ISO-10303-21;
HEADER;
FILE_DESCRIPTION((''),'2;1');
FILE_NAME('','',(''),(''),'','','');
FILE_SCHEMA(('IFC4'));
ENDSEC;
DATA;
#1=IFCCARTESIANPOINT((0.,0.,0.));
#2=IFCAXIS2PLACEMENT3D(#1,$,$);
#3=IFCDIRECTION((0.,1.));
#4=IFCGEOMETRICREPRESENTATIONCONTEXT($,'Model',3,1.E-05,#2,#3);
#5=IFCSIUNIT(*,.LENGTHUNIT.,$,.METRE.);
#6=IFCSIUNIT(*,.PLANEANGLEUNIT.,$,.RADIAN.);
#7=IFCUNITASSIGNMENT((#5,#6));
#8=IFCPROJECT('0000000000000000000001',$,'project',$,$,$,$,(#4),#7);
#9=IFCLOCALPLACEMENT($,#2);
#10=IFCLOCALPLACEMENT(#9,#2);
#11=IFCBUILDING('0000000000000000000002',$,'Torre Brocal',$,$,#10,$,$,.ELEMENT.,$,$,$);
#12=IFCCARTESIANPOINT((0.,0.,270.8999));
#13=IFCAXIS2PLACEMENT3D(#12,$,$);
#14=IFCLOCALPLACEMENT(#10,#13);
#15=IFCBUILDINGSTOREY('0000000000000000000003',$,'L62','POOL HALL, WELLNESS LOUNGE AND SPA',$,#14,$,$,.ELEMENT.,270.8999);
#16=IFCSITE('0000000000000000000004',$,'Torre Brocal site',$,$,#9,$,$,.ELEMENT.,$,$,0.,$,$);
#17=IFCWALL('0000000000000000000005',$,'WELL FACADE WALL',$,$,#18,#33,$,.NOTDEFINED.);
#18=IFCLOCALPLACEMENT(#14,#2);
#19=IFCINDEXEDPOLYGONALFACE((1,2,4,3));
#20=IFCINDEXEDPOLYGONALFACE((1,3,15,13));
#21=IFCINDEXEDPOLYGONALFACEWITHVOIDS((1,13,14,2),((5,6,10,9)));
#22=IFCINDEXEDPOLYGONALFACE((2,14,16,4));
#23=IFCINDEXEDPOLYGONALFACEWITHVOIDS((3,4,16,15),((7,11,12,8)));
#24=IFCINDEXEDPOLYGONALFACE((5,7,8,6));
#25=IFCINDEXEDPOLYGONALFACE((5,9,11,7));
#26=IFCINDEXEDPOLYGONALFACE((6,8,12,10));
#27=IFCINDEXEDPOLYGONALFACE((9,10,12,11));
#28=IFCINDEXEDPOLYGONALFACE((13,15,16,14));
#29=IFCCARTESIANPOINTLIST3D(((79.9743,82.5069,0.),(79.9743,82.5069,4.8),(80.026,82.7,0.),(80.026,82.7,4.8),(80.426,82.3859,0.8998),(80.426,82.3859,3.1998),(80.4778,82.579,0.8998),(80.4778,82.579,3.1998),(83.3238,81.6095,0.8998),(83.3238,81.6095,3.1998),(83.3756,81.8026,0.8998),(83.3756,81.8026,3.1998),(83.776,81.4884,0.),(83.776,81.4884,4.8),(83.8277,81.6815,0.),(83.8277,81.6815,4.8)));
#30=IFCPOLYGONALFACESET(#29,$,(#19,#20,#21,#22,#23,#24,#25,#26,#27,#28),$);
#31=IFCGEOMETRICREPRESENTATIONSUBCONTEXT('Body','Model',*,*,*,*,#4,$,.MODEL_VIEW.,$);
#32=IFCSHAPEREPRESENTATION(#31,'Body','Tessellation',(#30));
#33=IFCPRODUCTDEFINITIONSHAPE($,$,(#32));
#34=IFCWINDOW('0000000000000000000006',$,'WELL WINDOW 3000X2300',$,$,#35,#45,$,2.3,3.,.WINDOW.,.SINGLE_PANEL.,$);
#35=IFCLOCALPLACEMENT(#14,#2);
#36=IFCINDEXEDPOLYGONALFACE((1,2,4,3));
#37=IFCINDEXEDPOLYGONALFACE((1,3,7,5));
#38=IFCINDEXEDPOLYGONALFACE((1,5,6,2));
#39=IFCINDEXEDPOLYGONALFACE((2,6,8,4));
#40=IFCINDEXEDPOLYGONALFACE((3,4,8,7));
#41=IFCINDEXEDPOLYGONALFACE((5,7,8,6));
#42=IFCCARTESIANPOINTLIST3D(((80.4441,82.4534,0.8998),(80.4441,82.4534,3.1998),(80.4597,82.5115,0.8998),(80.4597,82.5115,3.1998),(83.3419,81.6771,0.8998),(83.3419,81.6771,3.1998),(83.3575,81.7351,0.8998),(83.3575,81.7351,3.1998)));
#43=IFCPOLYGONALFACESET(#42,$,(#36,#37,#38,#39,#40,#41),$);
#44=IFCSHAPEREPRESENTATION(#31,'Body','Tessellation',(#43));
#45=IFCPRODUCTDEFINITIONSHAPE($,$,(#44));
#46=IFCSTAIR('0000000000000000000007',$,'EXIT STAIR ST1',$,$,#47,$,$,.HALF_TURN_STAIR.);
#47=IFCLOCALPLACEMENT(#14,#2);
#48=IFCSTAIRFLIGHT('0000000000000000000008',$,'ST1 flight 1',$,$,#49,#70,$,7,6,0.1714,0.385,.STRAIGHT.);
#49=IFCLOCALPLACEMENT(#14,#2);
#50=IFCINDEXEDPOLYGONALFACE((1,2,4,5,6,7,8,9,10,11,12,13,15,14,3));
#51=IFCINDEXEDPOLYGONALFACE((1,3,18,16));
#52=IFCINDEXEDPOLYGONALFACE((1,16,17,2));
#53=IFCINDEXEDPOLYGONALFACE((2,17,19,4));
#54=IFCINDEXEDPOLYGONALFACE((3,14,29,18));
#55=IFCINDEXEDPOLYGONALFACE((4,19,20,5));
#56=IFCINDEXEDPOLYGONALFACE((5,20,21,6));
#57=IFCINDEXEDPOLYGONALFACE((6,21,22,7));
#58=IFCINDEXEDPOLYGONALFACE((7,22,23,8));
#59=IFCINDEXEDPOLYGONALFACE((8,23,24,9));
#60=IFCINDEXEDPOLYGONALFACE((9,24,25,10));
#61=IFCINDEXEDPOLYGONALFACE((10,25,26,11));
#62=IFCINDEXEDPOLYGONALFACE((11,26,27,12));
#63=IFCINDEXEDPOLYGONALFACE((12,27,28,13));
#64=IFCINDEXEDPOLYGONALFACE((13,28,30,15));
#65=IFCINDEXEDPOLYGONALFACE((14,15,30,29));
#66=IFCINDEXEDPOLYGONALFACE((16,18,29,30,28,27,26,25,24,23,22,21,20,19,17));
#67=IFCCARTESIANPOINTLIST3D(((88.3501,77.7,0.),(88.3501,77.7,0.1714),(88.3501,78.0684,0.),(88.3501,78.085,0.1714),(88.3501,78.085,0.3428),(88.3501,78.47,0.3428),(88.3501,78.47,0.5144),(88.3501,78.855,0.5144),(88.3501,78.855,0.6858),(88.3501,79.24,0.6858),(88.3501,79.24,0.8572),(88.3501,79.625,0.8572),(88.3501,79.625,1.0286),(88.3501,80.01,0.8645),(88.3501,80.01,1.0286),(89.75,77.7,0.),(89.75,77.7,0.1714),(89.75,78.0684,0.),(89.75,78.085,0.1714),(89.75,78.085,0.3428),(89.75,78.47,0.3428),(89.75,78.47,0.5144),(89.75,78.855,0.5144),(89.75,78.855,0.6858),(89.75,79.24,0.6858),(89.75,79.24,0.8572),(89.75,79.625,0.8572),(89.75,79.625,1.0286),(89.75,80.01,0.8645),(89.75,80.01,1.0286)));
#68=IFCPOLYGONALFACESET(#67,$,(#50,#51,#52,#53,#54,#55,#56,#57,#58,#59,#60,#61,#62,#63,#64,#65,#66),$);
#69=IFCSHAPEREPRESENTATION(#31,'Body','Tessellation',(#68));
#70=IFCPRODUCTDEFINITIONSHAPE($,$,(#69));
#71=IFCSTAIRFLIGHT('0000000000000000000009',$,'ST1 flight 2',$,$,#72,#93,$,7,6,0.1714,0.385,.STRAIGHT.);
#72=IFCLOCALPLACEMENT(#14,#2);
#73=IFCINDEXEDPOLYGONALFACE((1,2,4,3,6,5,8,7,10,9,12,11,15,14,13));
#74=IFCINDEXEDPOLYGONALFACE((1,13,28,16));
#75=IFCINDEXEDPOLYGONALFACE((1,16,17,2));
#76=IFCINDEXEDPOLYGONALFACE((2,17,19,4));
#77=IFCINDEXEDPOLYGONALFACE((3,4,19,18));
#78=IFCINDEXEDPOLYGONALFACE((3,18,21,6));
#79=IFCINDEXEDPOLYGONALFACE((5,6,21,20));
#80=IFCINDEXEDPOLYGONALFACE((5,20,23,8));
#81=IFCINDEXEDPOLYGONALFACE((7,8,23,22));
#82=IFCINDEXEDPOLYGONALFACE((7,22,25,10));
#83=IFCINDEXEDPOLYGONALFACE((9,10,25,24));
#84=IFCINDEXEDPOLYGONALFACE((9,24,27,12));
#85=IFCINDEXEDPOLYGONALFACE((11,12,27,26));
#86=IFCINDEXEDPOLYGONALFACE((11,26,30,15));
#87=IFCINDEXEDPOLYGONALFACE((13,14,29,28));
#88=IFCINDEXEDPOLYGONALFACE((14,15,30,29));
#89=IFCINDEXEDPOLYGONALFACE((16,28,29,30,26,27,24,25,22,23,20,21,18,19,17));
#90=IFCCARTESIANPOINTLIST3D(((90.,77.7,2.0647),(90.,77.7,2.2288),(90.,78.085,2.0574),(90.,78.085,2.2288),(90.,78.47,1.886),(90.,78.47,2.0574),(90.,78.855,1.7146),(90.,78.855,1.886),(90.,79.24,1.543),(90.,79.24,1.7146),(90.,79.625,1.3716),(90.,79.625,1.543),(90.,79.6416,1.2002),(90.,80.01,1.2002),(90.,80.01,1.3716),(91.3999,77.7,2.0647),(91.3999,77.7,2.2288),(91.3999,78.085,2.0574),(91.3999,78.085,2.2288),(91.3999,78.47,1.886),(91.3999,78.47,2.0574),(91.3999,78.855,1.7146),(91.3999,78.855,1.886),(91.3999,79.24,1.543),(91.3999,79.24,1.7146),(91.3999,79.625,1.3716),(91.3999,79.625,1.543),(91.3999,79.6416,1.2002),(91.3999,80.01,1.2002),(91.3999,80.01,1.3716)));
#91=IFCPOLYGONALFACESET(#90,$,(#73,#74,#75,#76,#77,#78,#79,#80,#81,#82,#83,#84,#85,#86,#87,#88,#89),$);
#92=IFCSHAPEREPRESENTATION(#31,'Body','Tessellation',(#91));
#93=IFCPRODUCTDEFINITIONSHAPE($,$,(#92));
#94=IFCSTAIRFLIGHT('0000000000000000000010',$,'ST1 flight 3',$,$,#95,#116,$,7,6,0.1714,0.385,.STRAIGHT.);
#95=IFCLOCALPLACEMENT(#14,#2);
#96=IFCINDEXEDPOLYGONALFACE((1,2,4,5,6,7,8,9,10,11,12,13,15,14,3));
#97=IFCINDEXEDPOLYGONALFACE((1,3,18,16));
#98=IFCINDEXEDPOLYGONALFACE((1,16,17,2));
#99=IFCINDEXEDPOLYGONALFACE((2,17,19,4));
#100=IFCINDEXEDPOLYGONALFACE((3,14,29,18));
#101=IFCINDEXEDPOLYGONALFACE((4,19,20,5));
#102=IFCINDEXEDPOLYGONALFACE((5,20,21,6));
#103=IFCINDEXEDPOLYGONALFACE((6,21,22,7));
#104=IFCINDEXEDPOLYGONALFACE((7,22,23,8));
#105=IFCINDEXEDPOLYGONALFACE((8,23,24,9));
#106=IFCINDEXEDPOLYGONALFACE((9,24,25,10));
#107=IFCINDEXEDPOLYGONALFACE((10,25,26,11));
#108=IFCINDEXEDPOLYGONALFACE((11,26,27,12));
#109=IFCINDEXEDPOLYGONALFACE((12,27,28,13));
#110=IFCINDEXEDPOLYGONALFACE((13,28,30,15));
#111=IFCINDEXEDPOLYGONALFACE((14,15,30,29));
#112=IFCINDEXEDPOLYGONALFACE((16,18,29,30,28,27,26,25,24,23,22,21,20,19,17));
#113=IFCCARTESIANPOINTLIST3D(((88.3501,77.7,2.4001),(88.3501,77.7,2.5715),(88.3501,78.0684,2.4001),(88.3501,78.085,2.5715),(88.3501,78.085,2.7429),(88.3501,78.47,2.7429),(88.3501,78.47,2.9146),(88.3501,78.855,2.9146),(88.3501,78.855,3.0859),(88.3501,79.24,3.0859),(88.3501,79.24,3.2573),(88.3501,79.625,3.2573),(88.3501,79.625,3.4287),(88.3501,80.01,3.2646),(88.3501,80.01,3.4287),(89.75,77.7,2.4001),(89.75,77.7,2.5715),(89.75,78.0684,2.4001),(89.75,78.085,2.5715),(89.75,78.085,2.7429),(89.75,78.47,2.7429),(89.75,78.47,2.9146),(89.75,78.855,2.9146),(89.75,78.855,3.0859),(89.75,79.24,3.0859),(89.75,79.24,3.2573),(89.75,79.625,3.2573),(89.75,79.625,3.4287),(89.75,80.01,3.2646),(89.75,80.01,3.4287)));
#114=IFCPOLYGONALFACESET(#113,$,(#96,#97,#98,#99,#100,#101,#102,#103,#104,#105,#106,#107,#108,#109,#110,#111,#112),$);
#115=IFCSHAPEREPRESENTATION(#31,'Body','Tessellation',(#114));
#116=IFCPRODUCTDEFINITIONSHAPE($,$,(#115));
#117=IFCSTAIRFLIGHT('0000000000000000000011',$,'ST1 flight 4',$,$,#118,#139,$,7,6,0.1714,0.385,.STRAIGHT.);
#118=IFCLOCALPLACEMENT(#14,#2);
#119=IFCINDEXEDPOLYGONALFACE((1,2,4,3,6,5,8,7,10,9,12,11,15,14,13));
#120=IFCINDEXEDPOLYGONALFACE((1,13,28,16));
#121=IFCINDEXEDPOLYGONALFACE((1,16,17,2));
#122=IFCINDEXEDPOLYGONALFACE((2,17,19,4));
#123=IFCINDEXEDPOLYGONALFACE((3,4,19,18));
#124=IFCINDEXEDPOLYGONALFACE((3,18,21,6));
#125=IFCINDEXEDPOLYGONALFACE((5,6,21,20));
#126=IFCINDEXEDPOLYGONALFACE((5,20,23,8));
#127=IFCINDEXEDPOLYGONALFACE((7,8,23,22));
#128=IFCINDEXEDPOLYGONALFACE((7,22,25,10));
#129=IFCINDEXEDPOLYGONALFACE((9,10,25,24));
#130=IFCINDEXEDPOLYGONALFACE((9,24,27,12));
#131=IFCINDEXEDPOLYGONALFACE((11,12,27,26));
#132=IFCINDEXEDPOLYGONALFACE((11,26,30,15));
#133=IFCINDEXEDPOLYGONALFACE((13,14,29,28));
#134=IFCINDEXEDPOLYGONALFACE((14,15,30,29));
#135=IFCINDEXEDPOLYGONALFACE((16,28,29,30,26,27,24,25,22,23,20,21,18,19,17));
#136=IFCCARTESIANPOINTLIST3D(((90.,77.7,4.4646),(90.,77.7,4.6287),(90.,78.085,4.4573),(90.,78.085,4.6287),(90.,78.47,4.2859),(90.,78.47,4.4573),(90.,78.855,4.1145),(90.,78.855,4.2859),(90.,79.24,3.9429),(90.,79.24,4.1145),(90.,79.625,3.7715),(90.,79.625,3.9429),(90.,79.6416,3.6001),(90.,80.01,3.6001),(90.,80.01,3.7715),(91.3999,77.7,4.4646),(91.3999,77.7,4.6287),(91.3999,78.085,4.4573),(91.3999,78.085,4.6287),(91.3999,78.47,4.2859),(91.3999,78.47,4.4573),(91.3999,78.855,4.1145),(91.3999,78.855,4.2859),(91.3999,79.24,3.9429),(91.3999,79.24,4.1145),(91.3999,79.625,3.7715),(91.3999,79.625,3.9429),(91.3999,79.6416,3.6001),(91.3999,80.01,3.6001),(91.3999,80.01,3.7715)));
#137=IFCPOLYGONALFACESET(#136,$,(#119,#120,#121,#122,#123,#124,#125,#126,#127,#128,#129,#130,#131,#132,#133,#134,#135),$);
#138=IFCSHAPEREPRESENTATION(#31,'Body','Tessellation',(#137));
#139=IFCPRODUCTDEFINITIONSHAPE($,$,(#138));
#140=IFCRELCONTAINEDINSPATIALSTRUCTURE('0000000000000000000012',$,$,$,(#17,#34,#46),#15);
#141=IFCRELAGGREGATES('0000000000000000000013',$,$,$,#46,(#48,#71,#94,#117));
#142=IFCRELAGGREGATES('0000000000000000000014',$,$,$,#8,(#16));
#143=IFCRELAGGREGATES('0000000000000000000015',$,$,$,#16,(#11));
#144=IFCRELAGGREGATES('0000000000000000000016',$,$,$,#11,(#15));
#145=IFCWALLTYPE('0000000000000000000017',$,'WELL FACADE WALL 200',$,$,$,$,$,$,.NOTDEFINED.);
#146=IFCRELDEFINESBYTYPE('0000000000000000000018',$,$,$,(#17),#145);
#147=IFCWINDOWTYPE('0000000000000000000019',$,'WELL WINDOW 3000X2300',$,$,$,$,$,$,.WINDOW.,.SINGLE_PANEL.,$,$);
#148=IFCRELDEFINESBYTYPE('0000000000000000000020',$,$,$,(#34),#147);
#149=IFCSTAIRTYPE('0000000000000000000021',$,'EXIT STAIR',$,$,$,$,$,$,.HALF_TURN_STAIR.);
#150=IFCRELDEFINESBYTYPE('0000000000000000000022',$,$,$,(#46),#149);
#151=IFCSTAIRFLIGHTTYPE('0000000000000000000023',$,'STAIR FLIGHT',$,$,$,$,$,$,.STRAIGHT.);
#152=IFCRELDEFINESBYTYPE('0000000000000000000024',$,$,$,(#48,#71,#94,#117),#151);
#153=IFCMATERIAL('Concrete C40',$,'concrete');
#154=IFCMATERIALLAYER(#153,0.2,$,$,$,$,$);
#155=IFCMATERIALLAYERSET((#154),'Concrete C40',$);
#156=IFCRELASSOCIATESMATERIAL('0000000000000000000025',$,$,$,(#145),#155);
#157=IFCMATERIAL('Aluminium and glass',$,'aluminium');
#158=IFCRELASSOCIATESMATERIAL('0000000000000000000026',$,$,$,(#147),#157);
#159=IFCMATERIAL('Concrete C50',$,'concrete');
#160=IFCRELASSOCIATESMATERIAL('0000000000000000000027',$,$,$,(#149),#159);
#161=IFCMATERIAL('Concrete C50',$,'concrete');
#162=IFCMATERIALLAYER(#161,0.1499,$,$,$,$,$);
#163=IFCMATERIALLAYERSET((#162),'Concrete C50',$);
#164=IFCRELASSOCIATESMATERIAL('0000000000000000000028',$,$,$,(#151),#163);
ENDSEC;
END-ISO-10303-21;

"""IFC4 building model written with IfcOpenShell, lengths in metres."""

from ifc_helpers import new_model, si_unit, direction, frame, frame_2d, origin, place, context, subcontext, project, spatial, polyline, rectangle, outline, extrude, material, layer, layer_set, type_object, element, fill, aggregate, save


model = new_model("IFC4")

# Units and contexts
model_context = context("Model", 3, precision=1e-05, world=origin(), true_north=direction((0.0, 1.0)))
body_context = subcontext(model_context, "Body", "Model", "MODEL_VIEW")
ifc_project = project(units=[si_unit("LENGTHUNIT", "METRE"), si_unit("PLANEANGLEUNIT", "RADIAN")], contexts=[model_context])

# Site, building, storey
site_placement = place(None, origin())
site = spatial("IfcSite", under=ifc_project, at=site_placement, Name="Torre Brocal site", CompositionType="ELEMENT", RefElevation=0.0)
building_placement = place(site_placement, origin())
building = spatial("IfcBuilding", under=site, at=building_placement, Name="Torre Brocal", CompositionType="ELEMENT")
storey_placement = place(building_placement, frame((0.0, 0.0, 270.8999)))
storey = spatial("IfcBuildingStorey", under=building, at=storey_placement, Name="L62", Description="POOL HALL, WELLNESS LOUNGE AND SPA", CompositionType="ELEMENT", Elevation=270.8999)

# Wall, opening, window
ifc_material_1 = material(Name="Concrete C40", Category="concrete")
ifc_layer_1 = layer(ifc_material_1, 0.2)
ifc_layer_set_1 = layer_set([ifc_layer_1], Name="Concrete C40")
wall_type_1 = type_object("IfcWallType", Name="WELL FACADE WALL 200", PredefinedType="NOTDEFINED", material=ifc_layer_set_1)
ifc_material_2 = material(Name="Aluminium and glass", Category="aluminium")
window_type = type_object("IfcWindowType", Name="WELL WINDOW 3000X2300", PartitioningType="SINGLE_PANEL", PredefinedType="WINDOW", material=ifc_material_2)
wall_1_placement = place(storey_placement, frame((83.8018, 81.585, 0.0), z_axis=(0.0, 0.0, 1.0), x_axis=(-0.965934, 0.25879, 0.0)))
wall_1 = element("IfcWall", 1, at=wall_1_placement, inside=storey, type_object=wall_type_1, Name="WELL FACADE WALL", PredefinedType="NOTDEFINED", context=body_context, shape_type="SweptSolid", body=[
    extrude(rectangle(XDim=3.9358, YDim=0.2, at=frame_2d((1.9678, 0.0))), origin(), (0.0, 0.0, 1.0), 4.8),
])
opening_1_placement = place(wall_1_placement, frame((0.468, 0.0, 0.8999)))
opening_1 = element("IfcOpeningElement", 2, at=opening_1_placement, cuts=wall_1, PredefinedType="OPENING", context=body_context, shape_type="SweptSolid", body=[
    extrude(rectangle(XDim=3.0, YDim=2.3, at=frame_2d((1.5, 1.1499))), frame((0.0, 0.1099, 0.0), z_axis=(0.0, -1.0, 0.0), x_axis=(1.0, 0.0, 0.0)), (0.0, 0.0, 1.0), 0.22),
])
window_1_placement = place(opening_1_placement, origin())
window_1 = element("IfcWindow", 3, at=window_1_placement, inside=storey, type_object=window_type, Name="WELL WINDOW 3000X2300", OverallHeight=2.3, OverallWidth=3.0, PartitioningType="SINGLE_PANEL", PredefinedType="WINDOW", context=body_context, shape_type="SweptSolid", body=[
    extrude(rectangle(XDim=3.0, YDim=2.3, at=frame_2d((1.5, 1.1499))), frame((0.0, 0.03, 0.0), z_axis=(0.0, -1.0, 0.0), x_axis=(1.0, 0.0, 0.0)), (0.0, 0.0, 1.0), 0.0601),
])
fill(opening_1, window_1)

# Stair, stair flights
ifc_material_3 = material(Name="Concrete C50", Category="concrete")
stair_type = type_object("IfcStairType", Name="EXIT STAIR", PredefinedType="HALF_TURN_STAIR", material=ifc_material_3)
stair_placement = place(storey_placement, origin())
stair = element("IfcStair", 4, at=stair_placement, inside=storey, type_object=stair_type, Name="EXIT STAIR ST1", PredefinedType="HALF_TURN_STAIR")
ifc_material_4 = material(Name="Concrete C50", Category="concrete")
ifc_layer_2 = layer(ifc_material_4, 0.1499)
ifc_layer_set_2 = layer_set([ifc_layer_2], Name="Concrete C50")
stair_flight_type = type_object("IfcStairFlightType", Name="STAIR FLIGHT", PredefinedType="STRAIGHT", material=ifc_layer_set_2)
stair_flight_1_placement = place(storey_placement, frame((89.05, 77.7, 0.0), z_axis=(0.0, 0.0, 1.0), x_axis=(0.0, 1.0, 0.0)))
stair_flight_1 = element("IfcStairFlight", 5, at=stair_flight_1_placement, type_object=stair_flight_type, Name="ST1 flight 1", NumberOfRisers=7, NumberOfTreads=6, PredefinedType="STRAIGHT", RiserHeight=0.1714, TreadLength=0.385, context=body_context, shape_type="SweptSolid", body=[
    extrude(outline(polyline([(0.0, 0.0), (0.0, 0.1714), (0.385, 0.1714), (0.385, 0.3428), (0.77, 0.3428), (0.77, 0.5144), (1.155, 0.5144), (1.155, 0.6858), (1.54, 0.6858), (1.54, 0.8572), (1.925, 0.8572), (1.925, 1.0286), (2.3101, 1.0286), (2.3101, 1.2), (2.3101, 0.8645), (0.3684, 0.0), (0.0, 0.0)])), frame((0.0, 0.7, 0.0), z_axis=(0.0, -1.0, 0.0), x_axis=(1.0, 0.0, 0.0)), (0.0, 0.0, 1.0), 1.3999),
])
stair_flight_2_placement = place(storey_placement, frame((90.7, 80.01, 1.2002), z_axis=(0.0, 0.0, 1.0), x_axis=(0.0, -1.0, 0.0)))
stair_flight_2 = element("IfcStairFlight", 6, at=stair_flight_2_placement, type_object=stair_flight_type, Name="ST1 flight 2", NumberOfRisers=7, NumberOfTreads=6, PredefinedType="STRAIGHT", RiserHeight=0.1714, TreadLength=0.385, context=body_context, shape_type="SweptSolid", body=[
    extrude(outline(polyline([(0.0, 0.0), (0.0, 0.1714), (0.385, 0.1714), (0.385, 0.3428), (0.77, 0.3428), (0.77, 0.5144), (1.155, 0.5144), (1.155, 0.6858), (1.54, 0.6858), (1.54, 0.8572), (1.925, 0.8572), (1.925, 1.0286), (2.3101, 1.0286), (2.3101, 1.2), (2.3101, 0.8645), (0.3684, 0.0), (0.0, 0.0)])), frame((0.0, 0.7, 0.0), z_axis=(0.0, -1.0, 0.0), x_axis=(1.0, 0.0, 0.0)), (0.0, 0.0, 1.0), 1.3999),
])
stair_flight_3_placement = place(storey_placement, frame((89.05, 77.7, 2.4001), z_axis=(0.0, 0.0, 1.0), x_axis=(0.0, 1.0, 0.0)))
stair_flight_3 = element("IfcStairFlight", 7, at=stair_flight_3_placement, type_object=stair_flight_type, Name="ST1 flight 3", NumberOfRisers=7, NumberOfTreads=6, PredefinedType="STRAIGHT", RiserHeight=0.1714, TreadLength=0.385, context=body_context, shape_type="SweptSolid", body=[
    extrude(outline(polyline([(0.0, 0.0), (0.0, 0.1714), (0.385, 0.1714), (0.385, 0.3428), (0.77, 0.3428), (0.77, 0.5144), (1.155, 0.5144), (1.155, 0.6858), (1.54, 0.6858), (1.54, 0.8572), (1.925, 0.8572), (1.925, 1.0286), (2.3101, 1.0286), (2.3101, 1.2), (2.3101, 0.8645), (0.3684, 0.0), (0.0, 0.0)])), frame((0.0, 0.7, 0.0), z_axis=(0.0, -1.0, 0.0), x_axis=(1.0, 0.0, 0.0)), (0.0, 0.0, 1.0), 1.3999),
])
stair_flight_4_placement = place(storey_placement, frame((90.7, 80.01, 3.6001), z_axis=(0.0, 0.0, 1.0), x_axis=(0.0, -1.0, 0.0)))
stair_flight_4 = element("IfcStairFlight", 8, at=stair_flight_4_placement, type_object=stair_flight_type, Name="ST1 flight 4", NumberOfRisers=7, NumberOfTreads=6, PredefinedType="STRAIGHT", RiserHeight=0.1714, TreadLength=0.385, context=body_context, shape_type="SweptSolid", body=[
    extrude(outline(polyline([(0.0, 0.0), (0.0, 0.1714), (0.385, 0.1714), (0.385, 0.3428), (0.77, 0.3428), (0.77, 0.5144), (1.155, 0.5144), (1.155, 0.6858), (1.54, 0.6858), (1.54, 0.8572), (1.925, 0.8572), (1.925, 1.0286), (2.3101, 1.0286), (2.3101, 1.2), (2.3101, 0.8645), (0.3684, 0.0), (0.0, 0.0)])), frame((0.0, 0.7, 0.0), z_axis=(0.0, -1.0, 0.0), x_axis=(1.0, 0.0, 0.0)), (0.0, 0.0, 1.0), 1.3999),
])
aggregate(stair, [stair_flight_1, stair_flight_2, stair_flight_3, stair_flight_4])

save(model, "model.ifc")
